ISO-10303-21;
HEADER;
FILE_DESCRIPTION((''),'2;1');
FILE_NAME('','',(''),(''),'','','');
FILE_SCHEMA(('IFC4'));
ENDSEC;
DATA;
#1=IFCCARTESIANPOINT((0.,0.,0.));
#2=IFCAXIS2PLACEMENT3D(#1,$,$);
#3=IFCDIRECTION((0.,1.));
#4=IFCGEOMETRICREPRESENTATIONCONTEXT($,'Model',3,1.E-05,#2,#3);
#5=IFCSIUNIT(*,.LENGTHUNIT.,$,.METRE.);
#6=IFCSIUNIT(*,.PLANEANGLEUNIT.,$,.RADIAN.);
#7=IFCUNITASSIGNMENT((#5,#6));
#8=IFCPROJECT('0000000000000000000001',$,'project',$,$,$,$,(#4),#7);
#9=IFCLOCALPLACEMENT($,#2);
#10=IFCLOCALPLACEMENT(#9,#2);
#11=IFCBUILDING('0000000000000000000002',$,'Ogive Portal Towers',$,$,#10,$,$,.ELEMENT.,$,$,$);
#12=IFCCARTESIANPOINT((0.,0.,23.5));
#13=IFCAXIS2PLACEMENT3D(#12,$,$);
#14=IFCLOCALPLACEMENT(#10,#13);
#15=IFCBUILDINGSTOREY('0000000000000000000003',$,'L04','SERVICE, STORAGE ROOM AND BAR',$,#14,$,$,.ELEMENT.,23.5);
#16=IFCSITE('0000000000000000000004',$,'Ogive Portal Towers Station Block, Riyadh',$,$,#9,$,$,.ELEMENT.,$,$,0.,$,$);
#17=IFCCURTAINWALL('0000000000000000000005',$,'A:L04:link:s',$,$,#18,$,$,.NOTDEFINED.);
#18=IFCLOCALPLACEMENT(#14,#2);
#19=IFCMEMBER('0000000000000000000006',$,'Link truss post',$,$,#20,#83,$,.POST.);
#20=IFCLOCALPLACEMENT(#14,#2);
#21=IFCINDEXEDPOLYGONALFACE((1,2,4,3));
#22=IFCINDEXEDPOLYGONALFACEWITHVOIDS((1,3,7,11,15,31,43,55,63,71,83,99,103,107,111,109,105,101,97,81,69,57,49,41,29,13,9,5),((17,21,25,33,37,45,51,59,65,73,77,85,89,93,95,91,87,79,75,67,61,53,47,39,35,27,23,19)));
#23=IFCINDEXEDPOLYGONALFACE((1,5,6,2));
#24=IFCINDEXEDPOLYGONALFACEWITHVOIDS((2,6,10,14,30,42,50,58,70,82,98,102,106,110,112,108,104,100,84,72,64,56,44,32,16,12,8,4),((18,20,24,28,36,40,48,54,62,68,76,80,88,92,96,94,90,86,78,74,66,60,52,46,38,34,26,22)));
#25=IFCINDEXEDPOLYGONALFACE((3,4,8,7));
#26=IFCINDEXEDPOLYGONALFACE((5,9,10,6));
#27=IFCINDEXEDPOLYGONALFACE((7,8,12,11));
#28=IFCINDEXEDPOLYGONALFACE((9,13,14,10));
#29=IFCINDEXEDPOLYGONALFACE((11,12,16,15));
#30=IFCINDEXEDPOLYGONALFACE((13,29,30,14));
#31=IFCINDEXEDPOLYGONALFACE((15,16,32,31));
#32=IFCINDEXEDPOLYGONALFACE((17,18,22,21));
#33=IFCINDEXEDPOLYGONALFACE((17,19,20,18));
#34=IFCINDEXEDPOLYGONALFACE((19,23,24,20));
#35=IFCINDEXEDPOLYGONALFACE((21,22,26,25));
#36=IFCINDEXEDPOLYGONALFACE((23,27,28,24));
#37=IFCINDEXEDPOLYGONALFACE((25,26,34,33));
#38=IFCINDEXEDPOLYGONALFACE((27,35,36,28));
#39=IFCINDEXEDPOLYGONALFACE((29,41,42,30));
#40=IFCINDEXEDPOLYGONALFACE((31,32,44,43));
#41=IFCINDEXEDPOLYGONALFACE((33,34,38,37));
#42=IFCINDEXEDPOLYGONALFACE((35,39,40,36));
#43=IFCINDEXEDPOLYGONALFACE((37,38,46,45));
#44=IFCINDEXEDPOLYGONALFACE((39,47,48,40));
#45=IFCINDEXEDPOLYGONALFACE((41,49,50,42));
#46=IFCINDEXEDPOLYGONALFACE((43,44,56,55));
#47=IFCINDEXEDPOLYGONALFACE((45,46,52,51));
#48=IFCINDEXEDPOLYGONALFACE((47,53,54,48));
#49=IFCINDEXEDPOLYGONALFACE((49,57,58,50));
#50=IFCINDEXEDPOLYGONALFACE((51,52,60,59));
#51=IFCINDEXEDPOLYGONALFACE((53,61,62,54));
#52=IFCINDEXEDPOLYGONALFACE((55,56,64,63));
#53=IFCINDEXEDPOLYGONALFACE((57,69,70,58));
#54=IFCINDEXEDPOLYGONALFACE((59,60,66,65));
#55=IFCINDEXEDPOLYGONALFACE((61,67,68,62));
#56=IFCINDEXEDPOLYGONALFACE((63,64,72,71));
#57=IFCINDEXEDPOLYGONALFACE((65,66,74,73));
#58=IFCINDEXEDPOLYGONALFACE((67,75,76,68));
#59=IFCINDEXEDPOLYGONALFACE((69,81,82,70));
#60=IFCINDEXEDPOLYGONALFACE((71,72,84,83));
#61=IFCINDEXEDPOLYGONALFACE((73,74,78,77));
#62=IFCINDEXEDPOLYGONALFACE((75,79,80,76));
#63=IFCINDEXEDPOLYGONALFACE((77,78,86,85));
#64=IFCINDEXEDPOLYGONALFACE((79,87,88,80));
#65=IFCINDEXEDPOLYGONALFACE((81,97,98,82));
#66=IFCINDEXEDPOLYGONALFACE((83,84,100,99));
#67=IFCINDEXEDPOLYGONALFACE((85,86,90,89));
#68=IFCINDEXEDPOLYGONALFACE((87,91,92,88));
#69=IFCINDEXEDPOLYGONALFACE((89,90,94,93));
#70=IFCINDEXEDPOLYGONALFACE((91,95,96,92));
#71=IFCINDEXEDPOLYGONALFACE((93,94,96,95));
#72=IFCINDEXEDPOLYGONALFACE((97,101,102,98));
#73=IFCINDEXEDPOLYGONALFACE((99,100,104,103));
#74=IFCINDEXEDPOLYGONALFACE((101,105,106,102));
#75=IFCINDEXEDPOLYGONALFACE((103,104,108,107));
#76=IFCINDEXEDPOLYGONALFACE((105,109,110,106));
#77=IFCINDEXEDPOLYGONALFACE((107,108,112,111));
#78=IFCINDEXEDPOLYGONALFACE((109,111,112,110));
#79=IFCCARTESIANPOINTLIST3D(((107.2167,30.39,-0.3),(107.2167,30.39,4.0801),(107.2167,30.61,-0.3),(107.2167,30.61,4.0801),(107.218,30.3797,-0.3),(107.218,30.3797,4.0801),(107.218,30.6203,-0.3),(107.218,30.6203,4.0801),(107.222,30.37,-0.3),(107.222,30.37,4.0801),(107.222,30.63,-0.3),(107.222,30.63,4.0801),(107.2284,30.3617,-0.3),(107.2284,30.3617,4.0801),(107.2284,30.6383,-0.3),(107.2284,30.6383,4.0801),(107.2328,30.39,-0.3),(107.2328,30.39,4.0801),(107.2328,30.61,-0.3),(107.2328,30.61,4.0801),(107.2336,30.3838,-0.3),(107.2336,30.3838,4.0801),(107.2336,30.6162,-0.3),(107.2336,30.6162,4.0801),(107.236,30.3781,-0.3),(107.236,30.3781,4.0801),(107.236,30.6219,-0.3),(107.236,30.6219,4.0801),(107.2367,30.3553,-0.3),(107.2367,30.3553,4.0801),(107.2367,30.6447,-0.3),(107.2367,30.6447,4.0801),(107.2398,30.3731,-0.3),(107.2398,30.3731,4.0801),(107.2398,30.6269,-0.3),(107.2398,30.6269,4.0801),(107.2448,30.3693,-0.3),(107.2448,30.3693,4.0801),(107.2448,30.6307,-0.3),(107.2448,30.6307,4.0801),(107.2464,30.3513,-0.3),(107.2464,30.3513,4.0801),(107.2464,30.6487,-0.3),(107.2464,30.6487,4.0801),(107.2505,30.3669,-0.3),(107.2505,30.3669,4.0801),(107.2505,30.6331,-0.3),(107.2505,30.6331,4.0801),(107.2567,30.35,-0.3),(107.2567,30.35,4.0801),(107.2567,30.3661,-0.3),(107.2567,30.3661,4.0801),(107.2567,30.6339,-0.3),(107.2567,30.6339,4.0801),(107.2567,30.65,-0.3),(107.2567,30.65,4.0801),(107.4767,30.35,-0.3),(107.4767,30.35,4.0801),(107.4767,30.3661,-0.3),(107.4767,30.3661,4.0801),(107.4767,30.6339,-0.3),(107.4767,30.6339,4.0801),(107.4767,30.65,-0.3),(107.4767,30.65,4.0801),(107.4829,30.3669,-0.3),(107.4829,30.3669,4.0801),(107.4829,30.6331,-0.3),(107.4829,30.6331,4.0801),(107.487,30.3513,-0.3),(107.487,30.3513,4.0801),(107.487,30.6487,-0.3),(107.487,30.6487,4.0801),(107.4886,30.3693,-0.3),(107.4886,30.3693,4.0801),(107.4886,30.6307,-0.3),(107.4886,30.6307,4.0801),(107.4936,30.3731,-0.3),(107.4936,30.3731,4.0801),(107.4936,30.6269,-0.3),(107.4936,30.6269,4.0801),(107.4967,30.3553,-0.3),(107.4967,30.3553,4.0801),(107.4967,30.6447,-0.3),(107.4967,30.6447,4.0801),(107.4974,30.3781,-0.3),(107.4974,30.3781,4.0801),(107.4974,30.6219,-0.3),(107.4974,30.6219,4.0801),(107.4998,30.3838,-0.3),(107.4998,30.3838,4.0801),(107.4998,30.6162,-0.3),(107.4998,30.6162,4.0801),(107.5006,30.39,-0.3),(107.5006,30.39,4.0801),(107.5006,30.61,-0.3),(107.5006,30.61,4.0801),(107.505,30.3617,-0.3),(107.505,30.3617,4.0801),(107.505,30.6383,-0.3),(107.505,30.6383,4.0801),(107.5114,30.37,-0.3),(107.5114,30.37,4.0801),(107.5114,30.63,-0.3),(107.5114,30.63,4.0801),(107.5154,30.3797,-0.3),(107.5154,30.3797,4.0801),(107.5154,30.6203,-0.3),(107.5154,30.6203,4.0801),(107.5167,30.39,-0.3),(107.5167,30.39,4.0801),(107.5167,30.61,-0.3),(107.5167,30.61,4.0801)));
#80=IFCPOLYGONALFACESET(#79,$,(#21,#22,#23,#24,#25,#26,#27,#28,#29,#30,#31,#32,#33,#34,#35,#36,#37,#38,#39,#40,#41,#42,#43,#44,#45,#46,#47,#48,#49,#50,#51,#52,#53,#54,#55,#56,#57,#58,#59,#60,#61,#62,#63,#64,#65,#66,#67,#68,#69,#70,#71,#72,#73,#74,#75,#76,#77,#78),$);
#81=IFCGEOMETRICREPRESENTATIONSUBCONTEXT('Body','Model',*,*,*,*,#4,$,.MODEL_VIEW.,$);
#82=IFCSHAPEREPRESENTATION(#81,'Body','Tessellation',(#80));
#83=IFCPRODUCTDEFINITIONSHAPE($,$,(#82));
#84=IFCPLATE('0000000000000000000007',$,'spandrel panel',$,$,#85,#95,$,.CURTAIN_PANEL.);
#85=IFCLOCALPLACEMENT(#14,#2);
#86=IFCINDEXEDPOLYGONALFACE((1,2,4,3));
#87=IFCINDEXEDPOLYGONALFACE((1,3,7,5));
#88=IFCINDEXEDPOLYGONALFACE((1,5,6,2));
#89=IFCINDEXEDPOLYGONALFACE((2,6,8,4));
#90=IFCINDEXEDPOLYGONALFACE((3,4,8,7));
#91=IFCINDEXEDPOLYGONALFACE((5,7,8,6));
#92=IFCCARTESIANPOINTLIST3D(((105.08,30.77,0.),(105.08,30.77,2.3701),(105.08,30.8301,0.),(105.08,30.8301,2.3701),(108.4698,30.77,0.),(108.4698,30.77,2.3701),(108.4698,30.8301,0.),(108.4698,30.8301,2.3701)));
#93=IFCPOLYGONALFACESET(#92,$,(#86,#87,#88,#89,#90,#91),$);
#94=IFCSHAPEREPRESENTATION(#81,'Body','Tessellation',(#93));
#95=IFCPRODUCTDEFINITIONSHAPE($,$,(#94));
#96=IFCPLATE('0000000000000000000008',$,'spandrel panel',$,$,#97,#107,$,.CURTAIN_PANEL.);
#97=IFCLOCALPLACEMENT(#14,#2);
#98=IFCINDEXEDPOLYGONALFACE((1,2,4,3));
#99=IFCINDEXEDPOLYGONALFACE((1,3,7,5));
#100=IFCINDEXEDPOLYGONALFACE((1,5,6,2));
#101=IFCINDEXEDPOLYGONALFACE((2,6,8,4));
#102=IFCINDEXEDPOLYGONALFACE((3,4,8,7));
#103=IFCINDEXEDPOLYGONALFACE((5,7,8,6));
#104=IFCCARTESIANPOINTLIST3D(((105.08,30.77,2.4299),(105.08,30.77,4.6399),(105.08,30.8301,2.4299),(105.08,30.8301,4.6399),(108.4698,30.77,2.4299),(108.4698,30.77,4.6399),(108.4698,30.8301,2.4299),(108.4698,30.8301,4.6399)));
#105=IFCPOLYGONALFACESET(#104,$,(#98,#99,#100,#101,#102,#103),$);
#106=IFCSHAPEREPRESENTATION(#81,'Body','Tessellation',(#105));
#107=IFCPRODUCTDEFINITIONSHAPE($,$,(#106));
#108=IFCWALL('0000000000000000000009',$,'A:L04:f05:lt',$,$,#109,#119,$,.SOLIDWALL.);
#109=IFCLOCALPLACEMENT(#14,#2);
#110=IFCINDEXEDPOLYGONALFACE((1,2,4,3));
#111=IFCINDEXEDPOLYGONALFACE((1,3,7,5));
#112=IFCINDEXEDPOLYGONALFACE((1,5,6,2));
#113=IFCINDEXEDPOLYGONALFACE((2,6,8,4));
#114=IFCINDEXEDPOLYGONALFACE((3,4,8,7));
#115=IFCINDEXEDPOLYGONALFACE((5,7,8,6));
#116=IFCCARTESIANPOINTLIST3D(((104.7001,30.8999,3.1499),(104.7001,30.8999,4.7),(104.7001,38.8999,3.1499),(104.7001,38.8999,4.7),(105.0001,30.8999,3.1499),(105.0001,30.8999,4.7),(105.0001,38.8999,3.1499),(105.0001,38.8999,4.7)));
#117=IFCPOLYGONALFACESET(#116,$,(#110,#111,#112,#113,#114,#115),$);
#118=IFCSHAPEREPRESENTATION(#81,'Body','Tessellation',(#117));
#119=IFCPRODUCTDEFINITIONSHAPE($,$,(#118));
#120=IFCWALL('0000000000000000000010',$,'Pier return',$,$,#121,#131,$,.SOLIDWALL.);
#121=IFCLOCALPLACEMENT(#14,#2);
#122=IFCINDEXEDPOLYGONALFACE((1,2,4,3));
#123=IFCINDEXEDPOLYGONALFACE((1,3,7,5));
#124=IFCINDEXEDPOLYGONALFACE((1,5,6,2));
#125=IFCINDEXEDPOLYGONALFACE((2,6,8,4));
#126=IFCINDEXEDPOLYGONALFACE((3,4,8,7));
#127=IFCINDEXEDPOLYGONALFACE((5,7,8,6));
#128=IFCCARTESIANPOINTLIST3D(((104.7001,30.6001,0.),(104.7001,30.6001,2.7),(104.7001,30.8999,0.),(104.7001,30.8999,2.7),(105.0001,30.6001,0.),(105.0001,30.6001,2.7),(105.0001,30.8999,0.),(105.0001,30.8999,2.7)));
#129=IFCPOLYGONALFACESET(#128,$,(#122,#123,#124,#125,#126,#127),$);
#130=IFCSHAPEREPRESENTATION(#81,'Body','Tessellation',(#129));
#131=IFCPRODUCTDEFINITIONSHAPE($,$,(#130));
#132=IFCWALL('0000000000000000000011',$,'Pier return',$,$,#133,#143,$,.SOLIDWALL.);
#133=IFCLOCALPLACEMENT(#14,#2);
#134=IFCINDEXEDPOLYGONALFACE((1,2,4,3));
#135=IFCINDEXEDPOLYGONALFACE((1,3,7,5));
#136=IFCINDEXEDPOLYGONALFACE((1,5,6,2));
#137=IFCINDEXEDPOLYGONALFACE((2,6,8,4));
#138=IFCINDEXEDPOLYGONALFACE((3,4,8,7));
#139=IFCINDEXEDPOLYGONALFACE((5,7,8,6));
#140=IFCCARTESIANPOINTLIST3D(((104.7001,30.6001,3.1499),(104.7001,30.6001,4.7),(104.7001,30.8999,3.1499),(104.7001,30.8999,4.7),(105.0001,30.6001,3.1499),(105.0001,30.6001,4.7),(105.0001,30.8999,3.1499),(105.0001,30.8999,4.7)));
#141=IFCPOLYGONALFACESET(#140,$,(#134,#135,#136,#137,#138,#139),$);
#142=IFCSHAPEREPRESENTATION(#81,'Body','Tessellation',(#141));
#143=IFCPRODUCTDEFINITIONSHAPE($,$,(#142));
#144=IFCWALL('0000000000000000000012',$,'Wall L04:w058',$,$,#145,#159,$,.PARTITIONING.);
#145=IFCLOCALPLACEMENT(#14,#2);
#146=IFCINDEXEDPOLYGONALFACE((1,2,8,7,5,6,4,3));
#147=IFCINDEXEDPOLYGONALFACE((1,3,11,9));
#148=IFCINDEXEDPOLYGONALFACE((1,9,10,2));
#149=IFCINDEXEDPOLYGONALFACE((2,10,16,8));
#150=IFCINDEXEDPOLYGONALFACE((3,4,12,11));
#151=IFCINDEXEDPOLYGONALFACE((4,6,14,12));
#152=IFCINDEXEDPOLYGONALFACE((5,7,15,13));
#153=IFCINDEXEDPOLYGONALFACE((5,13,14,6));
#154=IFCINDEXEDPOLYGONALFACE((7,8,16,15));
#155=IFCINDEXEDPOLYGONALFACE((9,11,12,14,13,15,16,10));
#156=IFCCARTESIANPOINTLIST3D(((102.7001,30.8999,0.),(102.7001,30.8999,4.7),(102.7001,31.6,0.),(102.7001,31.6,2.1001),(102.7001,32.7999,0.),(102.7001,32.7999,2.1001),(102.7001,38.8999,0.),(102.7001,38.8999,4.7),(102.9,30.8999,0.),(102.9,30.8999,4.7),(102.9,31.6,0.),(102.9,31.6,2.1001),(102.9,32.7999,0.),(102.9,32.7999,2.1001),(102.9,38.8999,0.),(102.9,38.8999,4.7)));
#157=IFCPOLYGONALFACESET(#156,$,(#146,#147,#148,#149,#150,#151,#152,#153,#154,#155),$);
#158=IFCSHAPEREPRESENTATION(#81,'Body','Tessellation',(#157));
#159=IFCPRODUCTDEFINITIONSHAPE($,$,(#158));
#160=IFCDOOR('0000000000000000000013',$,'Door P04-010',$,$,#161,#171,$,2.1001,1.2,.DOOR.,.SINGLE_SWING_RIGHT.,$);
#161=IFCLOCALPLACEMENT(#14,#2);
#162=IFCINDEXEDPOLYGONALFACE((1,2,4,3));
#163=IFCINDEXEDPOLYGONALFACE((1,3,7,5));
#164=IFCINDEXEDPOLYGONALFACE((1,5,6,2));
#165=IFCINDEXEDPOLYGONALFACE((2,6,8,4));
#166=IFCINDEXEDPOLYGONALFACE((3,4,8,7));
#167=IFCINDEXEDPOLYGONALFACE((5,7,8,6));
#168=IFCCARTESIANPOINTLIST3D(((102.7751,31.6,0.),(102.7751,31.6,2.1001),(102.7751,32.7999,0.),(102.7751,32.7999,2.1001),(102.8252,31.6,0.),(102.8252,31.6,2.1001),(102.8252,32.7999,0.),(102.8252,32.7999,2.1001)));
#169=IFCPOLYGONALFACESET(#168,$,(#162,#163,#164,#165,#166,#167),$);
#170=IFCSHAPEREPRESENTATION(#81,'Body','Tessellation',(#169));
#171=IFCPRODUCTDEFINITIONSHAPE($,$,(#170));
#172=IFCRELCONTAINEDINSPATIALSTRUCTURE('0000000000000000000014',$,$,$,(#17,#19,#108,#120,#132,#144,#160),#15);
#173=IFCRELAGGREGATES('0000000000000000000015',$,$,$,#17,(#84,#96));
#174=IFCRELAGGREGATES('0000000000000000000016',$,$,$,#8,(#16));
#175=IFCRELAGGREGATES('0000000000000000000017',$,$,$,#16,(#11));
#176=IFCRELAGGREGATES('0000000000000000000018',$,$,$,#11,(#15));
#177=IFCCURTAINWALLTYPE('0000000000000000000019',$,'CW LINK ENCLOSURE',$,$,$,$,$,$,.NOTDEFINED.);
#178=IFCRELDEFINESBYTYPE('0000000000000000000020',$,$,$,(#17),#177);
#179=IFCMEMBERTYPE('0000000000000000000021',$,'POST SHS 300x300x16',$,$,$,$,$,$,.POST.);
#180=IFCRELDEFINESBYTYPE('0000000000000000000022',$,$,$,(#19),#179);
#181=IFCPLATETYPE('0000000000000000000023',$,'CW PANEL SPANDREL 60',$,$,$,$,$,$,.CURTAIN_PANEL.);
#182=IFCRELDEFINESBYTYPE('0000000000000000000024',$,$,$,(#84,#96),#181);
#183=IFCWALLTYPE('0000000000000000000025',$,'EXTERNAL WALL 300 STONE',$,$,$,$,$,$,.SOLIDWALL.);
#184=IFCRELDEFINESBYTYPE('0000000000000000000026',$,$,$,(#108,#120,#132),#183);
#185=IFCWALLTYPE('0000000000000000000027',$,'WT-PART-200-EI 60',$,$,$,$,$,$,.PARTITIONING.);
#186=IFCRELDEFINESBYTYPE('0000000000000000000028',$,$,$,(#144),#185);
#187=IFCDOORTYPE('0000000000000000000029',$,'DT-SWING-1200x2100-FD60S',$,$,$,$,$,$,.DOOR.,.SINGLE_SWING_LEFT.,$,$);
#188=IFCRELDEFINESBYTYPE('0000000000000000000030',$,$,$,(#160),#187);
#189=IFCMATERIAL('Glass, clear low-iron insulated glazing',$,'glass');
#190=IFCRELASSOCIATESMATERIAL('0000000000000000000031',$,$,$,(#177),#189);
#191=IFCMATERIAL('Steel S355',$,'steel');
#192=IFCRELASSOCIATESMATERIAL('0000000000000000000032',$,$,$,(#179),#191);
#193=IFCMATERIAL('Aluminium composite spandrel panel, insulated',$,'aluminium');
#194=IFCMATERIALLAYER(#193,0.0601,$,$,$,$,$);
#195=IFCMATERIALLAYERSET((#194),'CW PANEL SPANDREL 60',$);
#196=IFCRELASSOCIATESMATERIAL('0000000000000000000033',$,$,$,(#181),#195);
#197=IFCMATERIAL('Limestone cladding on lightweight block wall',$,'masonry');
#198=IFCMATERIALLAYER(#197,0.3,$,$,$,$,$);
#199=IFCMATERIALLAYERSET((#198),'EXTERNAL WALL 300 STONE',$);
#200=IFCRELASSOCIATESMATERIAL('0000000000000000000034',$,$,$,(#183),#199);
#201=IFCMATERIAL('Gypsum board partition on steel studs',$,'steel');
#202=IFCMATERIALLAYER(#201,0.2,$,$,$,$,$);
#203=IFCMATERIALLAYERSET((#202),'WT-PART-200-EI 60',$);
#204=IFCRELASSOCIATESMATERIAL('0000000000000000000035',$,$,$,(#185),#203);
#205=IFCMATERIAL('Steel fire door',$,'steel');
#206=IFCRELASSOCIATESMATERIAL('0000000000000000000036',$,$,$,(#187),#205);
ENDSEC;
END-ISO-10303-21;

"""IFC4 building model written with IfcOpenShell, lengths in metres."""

from ifc_helpers import new_model, si_unit, direction, frame, frame_2d, origin, origin_2d, place, context, subcontext, project, spatial, rectangle, hollow_rectangle, extrude, material, layer, layer_set, material_profile, profile_set, type_object, element, fill, aggregate, save


model = new_model("IFC4")

# Units and contexts
model_context = context("Model", 3, precision=1e-05, world=origin(), true_north=direction((0.0, 1.0)))
body_context = subcontext(model_context, "Body", "Model", "MODEL_VIEW")
ifc_project = project(units=[si_unit("LENGTHUNIT", "METRE"), si_unit("PLANEANGLEUNIT", "RADIAN")], contexts=[model_context])

# Site, building, storey
site_placement = place(None, origin())
site = spatial("IfcSite", under=ifc_project, at=site_placement, Name="Ogive Portal Towers Station Block, Riyadh", CompositionType="ELEMENT", RefElevation=0.0)
building_placement = place(site_placement, origin())
building = spatial("IfcBuilding", under=site, at=building_placement, Name="Ogive Portal Towers", CompositionType="ELEMENT")
storey_placement = place(building_placement, frame((0.0, 0.0, 23.5)))
storey = spatial("IfcBuildingStorey", under=building, at=storey_placement, Name="L04", Description="SERVICE, STORAGE ROOM AND BAR", CompositionType="ELEMENT", Elevation=23.5)

# Shared definitions
ifc_material_1 = material(Name="Steel S355", Category="steel")

# Curtain wall
ifc_material_2 = material(Name="Glass, clear low-iron insulated glazing", Category="glass")
curtain_wall_type = type_object("IfcCurtainWallType", Name="CW LINK ENCLOSURE", PredefinedType="NOTDEFINED", material=ifc_material_2)
curtain_wall_placement = place(storey_placement, origin())
curtain_wall = element("IfcCurtainWall", 1, at=curtain_wall_placement, inside=storey, type_object=curtain_wall_type, Name="A:L04:link:s", PredefinedType="NOTDEFINED")

# Member
ifc_material_profile_1 = material_profile(ifc_material_1, hollow_rectangle(XDim=0.3, YDim=0.3, WallThickness=0.0161, InnerFilletRadius=0.0239, OuterFilletRadius=0.04, at=origin_2d()), Name="SHS 300x300x16")
ifc_profile_set_1 = profile_set([ifc_material_profile_1], Name="Steel S355")
member_type_1 = type_object("IfcMemberType", Name="POST SHS 300x300x16", PredefinedType="POST", material=ifc_profile_set_1)
member_1_placement = place(storey_placement, frame((107.3667, 30.5, -0.3), z_axis=(0.0, 0.0, 1.0), x_axis=(1.0, 0.0, 0.0)))
element("IfcMember", 2, at=member_1_placement, inside=storey, type_object=member_type_1, Name="Link truss post", PredefinedType="POST", context=body_context, shape_type="SweptSolid", body=[
    extrude(hollow_rectangle(XDim=0.3, YDim=0.3, WallThickness=0.0161, InnerFilletRadius=0.0239, OuterFilletRadius=0.04, at=origin_2d()), origin(), (0.0, 0.0, 1.0), 4.3801),
])

# Plates
ifc_material_3 = material(Name="Aluminium composite spandrel panel, insulated", Category="aluminium")
ifc_layer_1 = layer(ifc_material_3, 0.0601)
ifc_layer_set_1 = layer_set([ifc_layer_1], Name="CW PANEL SPANDREL 60")
plate_type = type_object("IfcPlateType", Name="CW PANEL SPANDREL 60", PredefinedType="CURTAIN_PANEL", material=ifc_layer_set_1)
plate_1_placement = place(storey_placement, frame((106.7749, 30.8, 0.0), z_axis=(0.0, 0.0, 1.0), x_axis=(1.0, 0.0, 0.0)))
plate_1 = element("IfcPlate", 3, at=plate_1_placement, type_object=plate_type, Name="spandrel panel", PredefinedType="CURTAIN_PANEL", context=body_context, shape_type="SweptSolid", body=[
    extrude(rectangle(XDim=3.3899, YDim=0.0601, at=origin_2d()), origin(), (0.0, 0.0, 1.0), 2.3701),
])
plate_2_placement = place(storey_placement, frame((106.7749, 30.8, 2.4299), z_axis=(0.0, 0.0, 1.0), x_axis=(1.0, 0.0, 0.0)))
plate_2 = element("IfcPlate", 4, at=plate_2_placement, type_object=plate_type, Name="spandrel panel", PredefinedType="CURTAIN_PANEL", context=body_context, shape_type="SweptSolid", body=[
    extrude(rectangle(XDim=3.3899, YDim=0.0601, at=origin_2d()), origin(), (0.0, 0.0, 1.0), 2.21),
])
aggregate(curtain_wall, [plate_1, plate_2])

# Walls
ifc_material_4 = material(Name="Limestone cladding on lightweight block wall", Category="masonry")
ifc_layer_2 = layer(ifc_material_4, 0.3)
ifc_layer_set_2 = layer_set([ifc_layer_2], Name="EXTERNAL WALL 300 STONE")
wall_type_1 = type_object("IfcWallType", Name="EXTERNAL WALL 300 STONE", PredefinedType="SOLIDWALL", material=ifc_layer_set_2)
wall_1_placement = place(storey_placement, frame((104.8501, 30.8999, 3.1499), z_axis=(0.0, 0.0, 1.0), x_axis=(0.0, 1.0, 0.0)))
element("IfcWall", 5, at=wall_1_placement, inside=storey, type_object=wall_type_1, Name="A:L04:f05:lt", PredefinedType="SOLIDWALL", context=body_context, shape_type="SweptSolid", body=[
    extrude(rectangle(XDim=8.0, YDim=0.3, at=frame_2d((4.0, 0.0))), origin(), (0.0, 0.0, 1.0), 1.55),
])
wall_2_placement = place(storey_placement, frame((104.8501, 30.6001, 0.0), z_axis=(0.0, 0.0, 1.0), x_axis=(0.0, 1.0, 0.0)))
element("IfcWall", 6, at=wall_2_placement, inside=storey, type_object=wall_type_1, Name="Pier return", PredefinedType="SOLIDWALL", context=body_context, shape_type="SweptSolid", body=[
    extrude(rectangle(XDim=0.2998, YDim=0.3, at=frame_2d((0.1499, 0.0))), origin(), (0.0, 0.0, 1.0), 2.7),
])
wall_3_placement = place(storey_placement, frame((104.8501, 30.6001, 3.1499), z_axis=(0.0, 0.0, 1.0), x_axis=(0.0, 1.0, 0.0)))
element("IfcWall", 7, at=wall_3_placement, inside=storey, type_object=wall_type_1, Name="Pier return", PredefinedType="SOLIDWALL", context=body_context, shape_type="SweptSolid", body=[
    extrude(rectangle(XDim=0.2998, YDim=0.3, at=frame_2d((0.1499, 0.0))), origin(), (0.0, 0.0, 1.0), 1.55),
])

# Wall, opening, door
ifc_material_5 = material(Name="Gypsum board partition on steel studs", Category="steel")
ifc_layer_3 = layer(ifc_material_5, 0.2)
ifc_layer_set_3 = layer_set([ifc_layer_3], Name="WT-PART-200-EI 60")
wall_type_2 = type_object("IfcWallType", Name="WT-PART-200-EI 60", PredefinedType="PARTITIONING", material=ifc_layer_set_3)
wall_4_placement = place(storey_placement, frame((102.8, 30.8999, 0.0), z_axis=(0.0, 0.0, 1.0), x_axis=(0.0, 1.0, 0.0)))
wall_4 = element("IfcWall", 8, at=wall_4_placement, inside=storey, type_object=wall_type_2, Name="Wall L04:w058", PredefinedType="PARTITIONING", context=body_context, shape_type="SweptSolid", body=[
    extrude(rectangle(XDim=8.0, YDim=0.2, at=frame_2d((4.0, 0.0))), origin(), (0.0, 0.0, 1.0), 4.7),
])
opening_1_placement = place(wall_4_placement, frame((0.7, 0.0, 0.0)))
opening_1 = element("IfcOpeningElement", 9, at=opening_1_placement, cuts=wall_4, PredefinedType="OPENING", context=body_context, shape_type="SweptSolid", body=[
    extrude(rectangle(XDim=1.2, YDim=2.1001, at=frame_2d((0.6001, 1.05))), frame((0.0, 0.1099, 0.0), z_axis=(0.0, -1.0, 0.0), x_axis=(1.0, 0.0, 0.0)), (0.0, 0.0, 1.0), 0.22),
])
ifc_material_6 = material(Name="Steel fire door", Category="steel")
door_type = type_object("IfcDoorType", Name="DT-SWING-1200x2100-FD60S", OperationType="SINGLE_SWING_LEFT", PredefinedType="DOOR", material=ifc_material_6)
door_1_placement = place(opening_1_placement, origin())
door_1 = element("IfcDoor", 10, at=door_1_placement, inside=storey, type_object=door_type, Name="Door P04-010", OperationType="SINGLE_SWING_RIGHT", OverallHeight=2.1001, OverallWidth=1.2, PredefinedType="DOOR", context=body_context, shape_type="SweptSolid", body=[
    extrude(rectangle(XDim=1.2, YDim=2.1001, at=frame_2d((0.6001, 1.05))), frame((0.0, 0.0249, 0.0), z_axis=(0.0, -1.0, 0.0), x_axis=(1.0, 0.0, 0.0)), (0.0, 0.0, 1.0), 0.05),
])
fill(opening_1, door_1)

save(model, "model.ifc")
